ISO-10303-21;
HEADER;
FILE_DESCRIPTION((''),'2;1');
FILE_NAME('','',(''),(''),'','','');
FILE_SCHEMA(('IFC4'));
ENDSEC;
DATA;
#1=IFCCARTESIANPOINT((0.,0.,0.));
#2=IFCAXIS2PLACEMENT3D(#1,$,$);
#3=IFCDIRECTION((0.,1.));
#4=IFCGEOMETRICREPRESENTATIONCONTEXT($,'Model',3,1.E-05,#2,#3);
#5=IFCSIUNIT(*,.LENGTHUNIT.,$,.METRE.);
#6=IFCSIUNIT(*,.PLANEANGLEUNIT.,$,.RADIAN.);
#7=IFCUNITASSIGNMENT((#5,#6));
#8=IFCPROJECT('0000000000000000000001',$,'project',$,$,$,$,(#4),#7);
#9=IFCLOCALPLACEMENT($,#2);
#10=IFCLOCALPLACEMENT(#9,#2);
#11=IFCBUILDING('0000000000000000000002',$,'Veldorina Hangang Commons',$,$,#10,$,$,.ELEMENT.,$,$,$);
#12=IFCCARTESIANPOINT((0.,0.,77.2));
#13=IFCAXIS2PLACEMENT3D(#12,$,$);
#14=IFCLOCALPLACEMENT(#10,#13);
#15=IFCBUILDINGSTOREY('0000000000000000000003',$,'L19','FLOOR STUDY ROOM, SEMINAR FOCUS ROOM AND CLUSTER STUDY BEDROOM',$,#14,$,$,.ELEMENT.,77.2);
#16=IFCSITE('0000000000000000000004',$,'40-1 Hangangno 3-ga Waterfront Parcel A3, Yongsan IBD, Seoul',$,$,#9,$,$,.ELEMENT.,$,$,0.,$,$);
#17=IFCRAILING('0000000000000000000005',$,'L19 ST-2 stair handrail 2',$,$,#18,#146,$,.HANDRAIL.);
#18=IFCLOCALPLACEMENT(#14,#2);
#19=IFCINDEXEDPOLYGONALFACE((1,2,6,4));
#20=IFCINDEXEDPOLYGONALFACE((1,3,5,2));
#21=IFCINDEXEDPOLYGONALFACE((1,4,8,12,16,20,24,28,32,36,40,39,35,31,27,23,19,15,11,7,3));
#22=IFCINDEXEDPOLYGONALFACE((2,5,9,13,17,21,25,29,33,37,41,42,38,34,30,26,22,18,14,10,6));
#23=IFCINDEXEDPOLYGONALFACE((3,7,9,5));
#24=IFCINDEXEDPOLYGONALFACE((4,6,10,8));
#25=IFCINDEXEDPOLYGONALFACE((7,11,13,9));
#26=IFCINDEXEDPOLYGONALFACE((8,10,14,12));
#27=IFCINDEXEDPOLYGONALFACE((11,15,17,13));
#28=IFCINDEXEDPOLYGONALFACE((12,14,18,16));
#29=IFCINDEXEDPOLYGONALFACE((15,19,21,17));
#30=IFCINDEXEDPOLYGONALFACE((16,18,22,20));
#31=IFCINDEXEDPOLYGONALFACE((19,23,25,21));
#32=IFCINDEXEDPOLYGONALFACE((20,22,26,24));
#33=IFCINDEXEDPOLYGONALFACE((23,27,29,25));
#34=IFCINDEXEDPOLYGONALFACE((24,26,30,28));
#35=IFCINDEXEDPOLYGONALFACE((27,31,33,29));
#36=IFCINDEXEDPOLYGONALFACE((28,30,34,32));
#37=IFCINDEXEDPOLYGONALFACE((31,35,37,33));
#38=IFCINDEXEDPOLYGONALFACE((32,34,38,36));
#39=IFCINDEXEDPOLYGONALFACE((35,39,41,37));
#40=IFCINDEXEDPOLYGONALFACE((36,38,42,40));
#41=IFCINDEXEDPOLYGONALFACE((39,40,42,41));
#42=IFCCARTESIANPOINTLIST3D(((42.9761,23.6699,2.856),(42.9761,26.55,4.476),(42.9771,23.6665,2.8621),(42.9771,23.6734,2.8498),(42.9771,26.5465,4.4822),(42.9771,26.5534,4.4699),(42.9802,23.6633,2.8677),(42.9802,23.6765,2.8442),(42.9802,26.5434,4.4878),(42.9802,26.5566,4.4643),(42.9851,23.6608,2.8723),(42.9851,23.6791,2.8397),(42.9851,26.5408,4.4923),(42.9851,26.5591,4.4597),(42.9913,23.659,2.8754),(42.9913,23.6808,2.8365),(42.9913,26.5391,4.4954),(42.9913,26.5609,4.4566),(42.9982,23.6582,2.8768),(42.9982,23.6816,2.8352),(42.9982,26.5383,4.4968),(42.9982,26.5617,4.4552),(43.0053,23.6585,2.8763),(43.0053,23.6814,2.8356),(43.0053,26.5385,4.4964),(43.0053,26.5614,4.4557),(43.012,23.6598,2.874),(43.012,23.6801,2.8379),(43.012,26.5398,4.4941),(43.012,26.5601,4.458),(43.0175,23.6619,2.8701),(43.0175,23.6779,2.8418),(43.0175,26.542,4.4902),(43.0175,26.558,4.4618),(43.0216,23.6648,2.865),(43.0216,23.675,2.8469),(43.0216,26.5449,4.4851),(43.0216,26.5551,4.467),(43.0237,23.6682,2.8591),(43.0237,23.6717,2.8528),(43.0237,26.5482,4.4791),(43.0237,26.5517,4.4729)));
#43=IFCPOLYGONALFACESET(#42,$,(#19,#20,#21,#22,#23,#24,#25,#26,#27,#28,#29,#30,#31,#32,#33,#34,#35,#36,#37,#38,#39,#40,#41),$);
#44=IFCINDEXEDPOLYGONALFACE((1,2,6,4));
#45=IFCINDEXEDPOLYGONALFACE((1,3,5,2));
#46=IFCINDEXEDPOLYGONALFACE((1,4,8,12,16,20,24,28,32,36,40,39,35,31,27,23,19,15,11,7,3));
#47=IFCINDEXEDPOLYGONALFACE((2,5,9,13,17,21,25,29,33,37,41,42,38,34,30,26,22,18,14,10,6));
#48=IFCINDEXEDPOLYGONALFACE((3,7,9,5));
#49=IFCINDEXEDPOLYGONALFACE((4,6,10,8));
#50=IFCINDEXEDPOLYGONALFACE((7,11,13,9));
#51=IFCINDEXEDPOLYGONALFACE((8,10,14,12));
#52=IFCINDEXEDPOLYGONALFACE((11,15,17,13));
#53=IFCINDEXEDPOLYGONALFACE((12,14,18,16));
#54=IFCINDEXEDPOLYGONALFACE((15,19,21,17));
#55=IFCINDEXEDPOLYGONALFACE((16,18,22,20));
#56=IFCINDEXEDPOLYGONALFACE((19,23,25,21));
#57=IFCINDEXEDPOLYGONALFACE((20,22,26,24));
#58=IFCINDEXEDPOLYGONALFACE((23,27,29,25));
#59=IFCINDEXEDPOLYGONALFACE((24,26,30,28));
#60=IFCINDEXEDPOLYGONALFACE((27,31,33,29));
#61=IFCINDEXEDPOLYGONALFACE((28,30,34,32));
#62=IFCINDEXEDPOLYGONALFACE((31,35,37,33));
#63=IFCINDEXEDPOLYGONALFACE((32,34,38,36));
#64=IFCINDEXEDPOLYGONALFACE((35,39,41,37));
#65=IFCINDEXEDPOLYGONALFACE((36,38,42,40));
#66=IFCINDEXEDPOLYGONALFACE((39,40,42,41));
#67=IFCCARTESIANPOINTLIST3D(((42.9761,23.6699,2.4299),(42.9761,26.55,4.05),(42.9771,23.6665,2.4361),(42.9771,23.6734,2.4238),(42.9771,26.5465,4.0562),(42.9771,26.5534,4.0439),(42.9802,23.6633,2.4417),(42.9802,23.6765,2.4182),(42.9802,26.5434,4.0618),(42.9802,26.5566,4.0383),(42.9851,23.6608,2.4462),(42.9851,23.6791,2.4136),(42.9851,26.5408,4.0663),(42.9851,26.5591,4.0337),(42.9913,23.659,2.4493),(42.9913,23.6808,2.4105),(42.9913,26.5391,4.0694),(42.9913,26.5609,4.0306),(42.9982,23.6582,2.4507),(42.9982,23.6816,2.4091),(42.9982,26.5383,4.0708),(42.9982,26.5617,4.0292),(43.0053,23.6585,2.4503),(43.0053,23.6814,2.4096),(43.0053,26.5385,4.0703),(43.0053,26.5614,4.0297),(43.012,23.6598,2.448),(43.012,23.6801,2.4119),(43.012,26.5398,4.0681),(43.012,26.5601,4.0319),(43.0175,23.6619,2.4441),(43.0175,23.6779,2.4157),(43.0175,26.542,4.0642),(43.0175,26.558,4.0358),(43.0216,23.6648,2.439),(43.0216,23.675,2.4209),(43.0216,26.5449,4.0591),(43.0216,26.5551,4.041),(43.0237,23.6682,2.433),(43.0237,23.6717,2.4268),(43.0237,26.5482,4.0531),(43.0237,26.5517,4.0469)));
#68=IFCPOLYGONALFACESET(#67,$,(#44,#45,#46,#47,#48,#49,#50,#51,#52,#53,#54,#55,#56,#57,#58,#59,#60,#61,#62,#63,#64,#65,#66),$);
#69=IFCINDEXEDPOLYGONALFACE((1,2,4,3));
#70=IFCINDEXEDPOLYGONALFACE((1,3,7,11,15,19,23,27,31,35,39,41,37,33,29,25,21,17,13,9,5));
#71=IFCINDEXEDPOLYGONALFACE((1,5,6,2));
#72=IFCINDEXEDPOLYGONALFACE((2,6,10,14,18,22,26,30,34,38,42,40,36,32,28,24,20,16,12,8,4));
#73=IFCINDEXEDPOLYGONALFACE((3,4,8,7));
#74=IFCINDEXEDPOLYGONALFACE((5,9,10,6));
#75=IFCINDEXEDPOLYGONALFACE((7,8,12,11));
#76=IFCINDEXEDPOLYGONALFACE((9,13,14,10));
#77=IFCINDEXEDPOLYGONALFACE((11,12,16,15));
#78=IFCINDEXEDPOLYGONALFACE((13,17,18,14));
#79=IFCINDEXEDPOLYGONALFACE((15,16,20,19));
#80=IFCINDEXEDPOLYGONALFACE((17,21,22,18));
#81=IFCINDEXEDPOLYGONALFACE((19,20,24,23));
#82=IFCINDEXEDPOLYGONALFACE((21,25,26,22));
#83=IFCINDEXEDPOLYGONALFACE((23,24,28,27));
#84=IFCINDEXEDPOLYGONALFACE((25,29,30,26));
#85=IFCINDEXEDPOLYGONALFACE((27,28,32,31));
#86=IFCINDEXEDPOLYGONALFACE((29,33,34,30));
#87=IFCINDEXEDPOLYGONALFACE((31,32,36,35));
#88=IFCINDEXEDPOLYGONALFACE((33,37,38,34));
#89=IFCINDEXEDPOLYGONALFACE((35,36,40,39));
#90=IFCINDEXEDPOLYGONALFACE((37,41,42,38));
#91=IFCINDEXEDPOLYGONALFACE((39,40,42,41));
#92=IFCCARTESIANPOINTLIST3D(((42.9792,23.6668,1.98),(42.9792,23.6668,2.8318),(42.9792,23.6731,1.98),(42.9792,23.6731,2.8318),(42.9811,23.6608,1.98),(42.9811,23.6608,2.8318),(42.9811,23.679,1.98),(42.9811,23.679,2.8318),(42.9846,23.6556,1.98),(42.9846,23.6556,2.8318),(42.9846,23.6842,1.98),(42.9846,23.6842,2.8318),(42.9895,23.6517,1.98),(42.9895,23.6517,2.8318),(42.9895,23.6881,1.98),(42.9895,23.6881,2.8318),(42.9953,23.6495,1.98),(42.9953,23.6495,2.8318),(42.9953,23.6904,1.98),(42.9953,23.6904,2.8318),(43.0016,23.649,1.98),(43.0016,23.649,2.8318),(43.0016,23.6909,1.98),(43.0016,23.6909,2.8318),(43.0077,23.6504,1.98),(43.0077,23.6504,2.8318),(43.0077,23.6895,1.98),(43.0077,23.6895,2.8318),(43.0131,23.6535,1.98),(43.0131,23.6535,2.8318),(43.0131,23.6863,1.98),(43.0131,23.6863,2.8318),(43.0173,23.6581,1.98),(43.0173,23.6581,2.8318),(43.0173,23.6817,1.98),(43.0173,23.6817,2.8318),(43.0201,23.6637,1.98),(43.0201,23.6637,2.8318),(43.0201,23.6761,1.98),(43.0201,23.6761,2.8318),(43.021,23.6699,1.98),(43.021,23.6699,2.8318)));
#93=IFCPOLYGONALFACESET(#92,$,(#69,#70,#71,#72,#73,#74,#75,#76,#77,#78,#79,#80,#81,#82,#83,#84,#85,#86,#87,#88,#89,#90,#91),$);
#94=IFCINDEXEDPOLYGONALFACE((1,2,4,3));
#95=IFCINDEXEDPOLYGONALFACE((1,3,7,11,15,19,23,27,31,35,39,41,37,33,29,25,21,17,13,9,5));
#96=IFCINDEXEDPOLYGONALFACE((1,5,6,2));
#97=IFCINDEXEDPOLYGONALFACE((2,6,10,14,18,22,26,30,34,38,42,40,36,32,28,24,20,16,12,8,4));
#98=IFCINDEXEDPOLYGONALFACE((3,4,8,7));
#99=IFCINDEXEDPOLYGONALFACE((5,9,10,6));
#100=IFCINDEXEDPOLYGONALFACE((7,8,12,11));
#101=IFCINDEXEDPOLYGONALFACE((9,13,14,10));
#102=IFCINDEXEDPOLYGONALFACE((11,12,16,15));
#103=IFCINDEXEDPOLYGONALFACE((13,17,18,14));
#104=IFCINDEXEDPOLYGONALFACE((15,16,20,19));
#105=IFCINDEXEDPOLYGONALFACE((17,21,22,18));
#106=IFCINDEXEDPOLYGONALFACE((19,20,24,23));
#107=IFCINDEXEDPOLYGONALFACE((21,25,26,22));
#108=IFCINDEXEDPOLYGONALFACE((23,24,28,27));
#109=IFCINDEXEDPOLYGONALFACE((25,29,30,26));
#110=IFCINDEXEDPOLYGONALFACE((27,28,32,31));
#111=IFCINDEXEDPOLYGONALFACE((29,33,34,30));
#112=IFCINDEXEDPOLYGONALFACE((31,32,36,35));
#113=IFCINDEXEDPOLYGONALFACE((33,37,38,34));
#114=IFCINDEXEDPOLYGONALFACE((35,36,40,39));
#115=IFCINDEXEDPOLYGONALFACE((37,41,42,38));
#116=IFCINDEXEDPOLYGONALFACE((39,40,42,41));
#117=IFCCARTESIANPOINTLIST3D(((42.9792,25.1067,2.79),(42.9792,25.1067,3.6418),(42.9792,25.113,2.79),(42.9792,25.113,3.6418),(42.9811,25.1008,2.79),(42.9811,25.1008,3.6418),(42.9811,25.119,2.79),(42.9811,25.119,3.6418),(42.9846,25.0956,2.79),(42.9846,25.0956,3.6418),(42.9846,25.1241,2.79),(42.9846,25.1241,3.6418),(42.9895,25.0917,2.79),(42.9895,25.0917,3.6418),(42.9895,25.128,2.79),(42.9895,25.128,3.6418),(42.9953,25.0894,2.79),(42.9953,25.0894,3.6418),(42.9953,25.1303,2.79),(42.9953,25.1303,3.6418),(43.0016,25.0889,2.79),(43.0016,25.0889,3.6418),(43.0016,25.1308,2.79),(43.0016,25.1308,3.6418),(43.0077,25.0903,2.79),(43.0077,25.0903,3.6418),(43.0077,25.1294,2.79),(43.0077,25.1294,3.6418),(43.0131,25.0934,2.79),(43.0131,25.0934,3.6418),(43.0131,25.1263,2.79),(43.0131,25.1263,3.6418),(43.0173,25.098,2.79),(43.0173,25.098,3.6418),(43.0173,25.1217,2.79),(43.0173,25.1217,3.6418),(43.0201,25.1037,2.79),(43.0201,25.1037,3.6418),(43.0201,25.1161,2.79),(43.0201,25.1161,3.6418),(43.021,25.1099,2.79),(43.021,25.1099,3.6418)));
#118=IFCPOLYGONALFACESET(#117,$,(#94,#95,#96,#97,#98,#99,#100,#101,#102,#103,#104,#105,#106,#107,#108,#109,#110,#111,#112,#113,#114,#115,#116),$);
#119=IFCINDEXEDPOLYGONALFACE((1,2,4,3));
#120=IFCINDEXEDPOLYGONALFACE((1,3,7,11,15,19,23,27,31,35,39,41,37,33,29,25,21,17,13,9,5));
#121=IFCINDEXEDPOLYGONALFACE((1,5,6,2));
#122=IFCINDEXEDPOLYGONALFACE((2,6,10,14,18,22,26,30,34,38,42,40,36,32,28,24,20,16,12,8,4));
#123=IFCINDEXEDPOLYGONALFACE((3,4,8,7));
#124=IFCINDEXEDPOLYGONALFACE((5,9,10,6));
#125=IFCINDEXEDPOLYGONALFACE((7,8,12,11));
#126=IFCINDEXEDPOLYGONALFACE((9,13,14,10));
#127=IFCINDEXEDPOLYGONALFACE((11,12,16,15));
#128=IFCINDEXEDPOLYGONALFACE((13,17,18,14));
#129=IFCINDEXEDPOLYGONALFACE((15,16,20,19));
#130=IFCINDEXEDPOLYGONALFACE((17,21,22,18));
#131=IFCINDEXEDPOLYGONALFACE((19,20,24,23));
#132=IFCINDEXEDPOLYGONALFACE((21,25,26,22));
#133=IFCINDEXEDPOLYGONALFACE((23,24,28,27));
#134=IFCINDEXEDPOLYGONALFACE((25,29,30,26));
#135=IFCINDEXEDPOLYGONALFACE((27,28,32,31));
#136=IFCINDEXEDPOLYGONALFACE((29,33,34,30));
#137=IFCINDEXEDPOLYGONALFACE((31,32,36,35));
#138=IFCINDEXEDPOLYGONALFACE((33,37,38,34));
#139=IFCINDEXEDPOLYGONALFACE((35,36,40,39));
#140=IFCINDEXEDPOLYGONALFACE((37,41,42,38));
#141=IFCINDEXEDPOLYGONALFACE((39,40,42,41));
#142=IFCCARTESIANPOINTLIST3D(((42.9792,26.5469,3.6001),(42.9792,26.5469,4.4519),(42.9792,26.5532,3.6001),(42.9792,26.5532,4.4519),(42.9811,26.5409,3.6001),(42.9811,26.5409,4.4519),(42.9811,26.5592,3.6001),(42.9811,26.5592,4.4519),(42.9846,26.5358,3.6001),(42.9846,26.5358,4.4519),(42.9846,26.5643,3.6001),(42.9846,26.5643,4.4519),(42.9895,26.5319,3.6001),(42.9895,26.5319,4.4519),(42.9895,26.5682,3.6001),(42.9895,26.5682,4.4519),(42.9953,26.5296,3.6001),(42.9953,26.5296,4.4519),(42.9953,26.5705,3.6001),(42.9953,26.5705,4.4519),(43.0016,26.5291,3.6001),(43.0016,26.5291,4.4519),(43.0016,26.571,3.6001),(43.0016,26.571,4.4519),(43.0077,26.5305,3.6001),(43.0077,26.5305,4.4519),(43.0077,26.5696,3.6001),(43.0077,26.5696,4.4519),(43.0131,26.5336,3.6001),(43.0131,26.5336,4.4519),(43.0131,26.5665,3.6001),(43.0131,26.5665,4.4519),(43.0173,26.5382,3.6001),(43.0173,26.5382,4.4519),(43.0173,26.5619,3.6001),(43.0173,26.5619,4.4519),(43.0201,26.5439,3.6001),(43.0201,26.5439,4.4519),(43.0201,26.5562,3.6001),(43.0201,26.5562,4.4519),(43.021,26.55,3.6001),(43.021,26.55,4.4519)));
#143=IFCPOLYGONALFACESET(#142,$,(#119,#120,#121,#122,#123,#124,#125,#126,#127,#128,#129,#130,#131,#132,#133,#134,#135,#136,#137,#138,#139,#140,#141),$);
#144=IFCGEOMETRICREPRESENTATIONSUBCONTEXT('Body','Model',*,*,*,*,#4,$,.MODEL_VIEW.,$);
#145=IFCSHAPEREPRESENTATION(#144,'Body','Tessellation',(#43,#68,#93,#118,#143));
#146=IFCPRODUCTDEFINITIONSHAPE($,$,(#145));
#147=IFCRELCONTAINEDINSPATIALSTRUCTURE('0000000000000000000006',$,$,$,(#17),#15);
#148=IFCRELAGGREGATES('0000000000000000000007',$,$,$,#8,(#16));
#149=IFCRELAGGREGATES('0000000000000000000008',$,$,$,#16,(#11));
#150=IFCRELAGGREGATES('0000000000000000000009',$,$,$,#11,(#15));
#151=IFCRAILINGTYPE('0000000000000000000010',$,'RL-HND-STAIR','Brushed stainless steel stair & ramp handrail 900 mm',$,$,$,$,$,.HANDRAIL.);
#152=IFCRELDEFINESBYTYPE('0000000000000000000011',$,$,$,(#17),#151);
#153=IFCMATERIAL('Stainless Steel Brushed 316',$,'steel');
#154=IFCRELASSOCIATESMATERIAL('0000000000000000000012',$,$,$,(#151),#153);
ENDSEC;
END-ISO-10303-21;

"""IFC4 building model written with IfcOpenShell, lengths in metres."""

from ifc_helpers import new_model, si_unit, direction, frame, origin, origin_2d, place, context, subcontext, project, spatial, circle, extrude, material, type_object, element, save


model = new_model("IFC4")

# Units and contexts
model_context = context("Model", 3, precision=1e-05, world=origin(), true_north=direction((0.0, 1.0)))
body_context = subcontext(model_context, "Body", "Model", "MODEL_VIEW")
ifc_project = project(units=[si_unit("LENGTHUNIT", "METRE"), si_unit("PLANEANGLEUNIT", "RADIAN")], contexts=[model_context])

# Site, building, storey
site_placement = place(None, origin())
site = spatial("IfcSite", under=ifc_project, at=site_placement, Name="40-1 Hangangno 3-ga Waterfront Parcel A3, Yongsan IBD, Seoul", CompositionType="ELEMENT", RefElevation=0.0)
building_placement = place(site_placement, origin())
building = spatial("IfcBuilding", under=site, at=building_placement, Name="Veldorina Hangang Commons", CompositionType="ELEMENT")
storey_placement = place(building_placement, frame((0.0, 0.0, 77.2)))
storey = spatial("IfcBuildingStorey", under=building, at=storey_placement, Name="L19", Description="FLOOR STUDY ROOM, SEMINAR FOCUS ROOM AND CLUSTER STUDY BEDROOM", CompositionType="ELEMENT", Elevation=77.2)

# Railing
ifc_material_1 = material(Name="Stainless Steel Brushed 316", Category="steel")
railing_type_1 = type_object("IfcRailingType", Name="RL-HND-STAIR", Description="Brushed stainless steel stair & ramp handrail 900 mm", PredefinedType="HANDRAIL", material=ifc_material_1)
railing_1_placement = place(storey_placement, frame((43.0, 23.6699, 1.98)))
element("IfcRailing", 1, at=railing_1_placement, inside=storey, type_object=railing_type_1, Name="L19 ST-2 stair handrail 2", PredefinedType="HANDRAIL", context=body_context, shape_type="SweptSolid", body=[
    extrude(circle(Radius=0.0239, at=origin_2d()), frame((0.0, 0.0, 0.876), z_axis=(0.0, 0.87157, 0.490272), x_axis=(-1.0, 0.0, 0.0)), (0.0, 0.0, 1.0), 3.3044),
    extrude(circle(Radius=0.0239, at=origin_2d()), frame((0.0, 0.0, 0.45), z_axis=(0.0, 0.87157, 0.490272), x_axis=(-1.0, 0.0, 0.0)), (0.0, 0.0, 1.0), 3.3044),
    extrude(circle(Radius=0.021, at=origin_2d()), origin(), (0.0, 0.0, 1.0), 0.8518),
    extrude(circle(Radius=0.021, at=origin_2d()), frame((0.0, 1.4399, 0.8101)), (0.0, 0.0, 1.0), 0.8518),
    extrude(circle(Radius=0.021, at=origin_2d()), frame((0.0, 2.8801, 1.6201)), (0.0, 0.0, 1.0), 0.8518),
])

save(model, "model.ifc")
